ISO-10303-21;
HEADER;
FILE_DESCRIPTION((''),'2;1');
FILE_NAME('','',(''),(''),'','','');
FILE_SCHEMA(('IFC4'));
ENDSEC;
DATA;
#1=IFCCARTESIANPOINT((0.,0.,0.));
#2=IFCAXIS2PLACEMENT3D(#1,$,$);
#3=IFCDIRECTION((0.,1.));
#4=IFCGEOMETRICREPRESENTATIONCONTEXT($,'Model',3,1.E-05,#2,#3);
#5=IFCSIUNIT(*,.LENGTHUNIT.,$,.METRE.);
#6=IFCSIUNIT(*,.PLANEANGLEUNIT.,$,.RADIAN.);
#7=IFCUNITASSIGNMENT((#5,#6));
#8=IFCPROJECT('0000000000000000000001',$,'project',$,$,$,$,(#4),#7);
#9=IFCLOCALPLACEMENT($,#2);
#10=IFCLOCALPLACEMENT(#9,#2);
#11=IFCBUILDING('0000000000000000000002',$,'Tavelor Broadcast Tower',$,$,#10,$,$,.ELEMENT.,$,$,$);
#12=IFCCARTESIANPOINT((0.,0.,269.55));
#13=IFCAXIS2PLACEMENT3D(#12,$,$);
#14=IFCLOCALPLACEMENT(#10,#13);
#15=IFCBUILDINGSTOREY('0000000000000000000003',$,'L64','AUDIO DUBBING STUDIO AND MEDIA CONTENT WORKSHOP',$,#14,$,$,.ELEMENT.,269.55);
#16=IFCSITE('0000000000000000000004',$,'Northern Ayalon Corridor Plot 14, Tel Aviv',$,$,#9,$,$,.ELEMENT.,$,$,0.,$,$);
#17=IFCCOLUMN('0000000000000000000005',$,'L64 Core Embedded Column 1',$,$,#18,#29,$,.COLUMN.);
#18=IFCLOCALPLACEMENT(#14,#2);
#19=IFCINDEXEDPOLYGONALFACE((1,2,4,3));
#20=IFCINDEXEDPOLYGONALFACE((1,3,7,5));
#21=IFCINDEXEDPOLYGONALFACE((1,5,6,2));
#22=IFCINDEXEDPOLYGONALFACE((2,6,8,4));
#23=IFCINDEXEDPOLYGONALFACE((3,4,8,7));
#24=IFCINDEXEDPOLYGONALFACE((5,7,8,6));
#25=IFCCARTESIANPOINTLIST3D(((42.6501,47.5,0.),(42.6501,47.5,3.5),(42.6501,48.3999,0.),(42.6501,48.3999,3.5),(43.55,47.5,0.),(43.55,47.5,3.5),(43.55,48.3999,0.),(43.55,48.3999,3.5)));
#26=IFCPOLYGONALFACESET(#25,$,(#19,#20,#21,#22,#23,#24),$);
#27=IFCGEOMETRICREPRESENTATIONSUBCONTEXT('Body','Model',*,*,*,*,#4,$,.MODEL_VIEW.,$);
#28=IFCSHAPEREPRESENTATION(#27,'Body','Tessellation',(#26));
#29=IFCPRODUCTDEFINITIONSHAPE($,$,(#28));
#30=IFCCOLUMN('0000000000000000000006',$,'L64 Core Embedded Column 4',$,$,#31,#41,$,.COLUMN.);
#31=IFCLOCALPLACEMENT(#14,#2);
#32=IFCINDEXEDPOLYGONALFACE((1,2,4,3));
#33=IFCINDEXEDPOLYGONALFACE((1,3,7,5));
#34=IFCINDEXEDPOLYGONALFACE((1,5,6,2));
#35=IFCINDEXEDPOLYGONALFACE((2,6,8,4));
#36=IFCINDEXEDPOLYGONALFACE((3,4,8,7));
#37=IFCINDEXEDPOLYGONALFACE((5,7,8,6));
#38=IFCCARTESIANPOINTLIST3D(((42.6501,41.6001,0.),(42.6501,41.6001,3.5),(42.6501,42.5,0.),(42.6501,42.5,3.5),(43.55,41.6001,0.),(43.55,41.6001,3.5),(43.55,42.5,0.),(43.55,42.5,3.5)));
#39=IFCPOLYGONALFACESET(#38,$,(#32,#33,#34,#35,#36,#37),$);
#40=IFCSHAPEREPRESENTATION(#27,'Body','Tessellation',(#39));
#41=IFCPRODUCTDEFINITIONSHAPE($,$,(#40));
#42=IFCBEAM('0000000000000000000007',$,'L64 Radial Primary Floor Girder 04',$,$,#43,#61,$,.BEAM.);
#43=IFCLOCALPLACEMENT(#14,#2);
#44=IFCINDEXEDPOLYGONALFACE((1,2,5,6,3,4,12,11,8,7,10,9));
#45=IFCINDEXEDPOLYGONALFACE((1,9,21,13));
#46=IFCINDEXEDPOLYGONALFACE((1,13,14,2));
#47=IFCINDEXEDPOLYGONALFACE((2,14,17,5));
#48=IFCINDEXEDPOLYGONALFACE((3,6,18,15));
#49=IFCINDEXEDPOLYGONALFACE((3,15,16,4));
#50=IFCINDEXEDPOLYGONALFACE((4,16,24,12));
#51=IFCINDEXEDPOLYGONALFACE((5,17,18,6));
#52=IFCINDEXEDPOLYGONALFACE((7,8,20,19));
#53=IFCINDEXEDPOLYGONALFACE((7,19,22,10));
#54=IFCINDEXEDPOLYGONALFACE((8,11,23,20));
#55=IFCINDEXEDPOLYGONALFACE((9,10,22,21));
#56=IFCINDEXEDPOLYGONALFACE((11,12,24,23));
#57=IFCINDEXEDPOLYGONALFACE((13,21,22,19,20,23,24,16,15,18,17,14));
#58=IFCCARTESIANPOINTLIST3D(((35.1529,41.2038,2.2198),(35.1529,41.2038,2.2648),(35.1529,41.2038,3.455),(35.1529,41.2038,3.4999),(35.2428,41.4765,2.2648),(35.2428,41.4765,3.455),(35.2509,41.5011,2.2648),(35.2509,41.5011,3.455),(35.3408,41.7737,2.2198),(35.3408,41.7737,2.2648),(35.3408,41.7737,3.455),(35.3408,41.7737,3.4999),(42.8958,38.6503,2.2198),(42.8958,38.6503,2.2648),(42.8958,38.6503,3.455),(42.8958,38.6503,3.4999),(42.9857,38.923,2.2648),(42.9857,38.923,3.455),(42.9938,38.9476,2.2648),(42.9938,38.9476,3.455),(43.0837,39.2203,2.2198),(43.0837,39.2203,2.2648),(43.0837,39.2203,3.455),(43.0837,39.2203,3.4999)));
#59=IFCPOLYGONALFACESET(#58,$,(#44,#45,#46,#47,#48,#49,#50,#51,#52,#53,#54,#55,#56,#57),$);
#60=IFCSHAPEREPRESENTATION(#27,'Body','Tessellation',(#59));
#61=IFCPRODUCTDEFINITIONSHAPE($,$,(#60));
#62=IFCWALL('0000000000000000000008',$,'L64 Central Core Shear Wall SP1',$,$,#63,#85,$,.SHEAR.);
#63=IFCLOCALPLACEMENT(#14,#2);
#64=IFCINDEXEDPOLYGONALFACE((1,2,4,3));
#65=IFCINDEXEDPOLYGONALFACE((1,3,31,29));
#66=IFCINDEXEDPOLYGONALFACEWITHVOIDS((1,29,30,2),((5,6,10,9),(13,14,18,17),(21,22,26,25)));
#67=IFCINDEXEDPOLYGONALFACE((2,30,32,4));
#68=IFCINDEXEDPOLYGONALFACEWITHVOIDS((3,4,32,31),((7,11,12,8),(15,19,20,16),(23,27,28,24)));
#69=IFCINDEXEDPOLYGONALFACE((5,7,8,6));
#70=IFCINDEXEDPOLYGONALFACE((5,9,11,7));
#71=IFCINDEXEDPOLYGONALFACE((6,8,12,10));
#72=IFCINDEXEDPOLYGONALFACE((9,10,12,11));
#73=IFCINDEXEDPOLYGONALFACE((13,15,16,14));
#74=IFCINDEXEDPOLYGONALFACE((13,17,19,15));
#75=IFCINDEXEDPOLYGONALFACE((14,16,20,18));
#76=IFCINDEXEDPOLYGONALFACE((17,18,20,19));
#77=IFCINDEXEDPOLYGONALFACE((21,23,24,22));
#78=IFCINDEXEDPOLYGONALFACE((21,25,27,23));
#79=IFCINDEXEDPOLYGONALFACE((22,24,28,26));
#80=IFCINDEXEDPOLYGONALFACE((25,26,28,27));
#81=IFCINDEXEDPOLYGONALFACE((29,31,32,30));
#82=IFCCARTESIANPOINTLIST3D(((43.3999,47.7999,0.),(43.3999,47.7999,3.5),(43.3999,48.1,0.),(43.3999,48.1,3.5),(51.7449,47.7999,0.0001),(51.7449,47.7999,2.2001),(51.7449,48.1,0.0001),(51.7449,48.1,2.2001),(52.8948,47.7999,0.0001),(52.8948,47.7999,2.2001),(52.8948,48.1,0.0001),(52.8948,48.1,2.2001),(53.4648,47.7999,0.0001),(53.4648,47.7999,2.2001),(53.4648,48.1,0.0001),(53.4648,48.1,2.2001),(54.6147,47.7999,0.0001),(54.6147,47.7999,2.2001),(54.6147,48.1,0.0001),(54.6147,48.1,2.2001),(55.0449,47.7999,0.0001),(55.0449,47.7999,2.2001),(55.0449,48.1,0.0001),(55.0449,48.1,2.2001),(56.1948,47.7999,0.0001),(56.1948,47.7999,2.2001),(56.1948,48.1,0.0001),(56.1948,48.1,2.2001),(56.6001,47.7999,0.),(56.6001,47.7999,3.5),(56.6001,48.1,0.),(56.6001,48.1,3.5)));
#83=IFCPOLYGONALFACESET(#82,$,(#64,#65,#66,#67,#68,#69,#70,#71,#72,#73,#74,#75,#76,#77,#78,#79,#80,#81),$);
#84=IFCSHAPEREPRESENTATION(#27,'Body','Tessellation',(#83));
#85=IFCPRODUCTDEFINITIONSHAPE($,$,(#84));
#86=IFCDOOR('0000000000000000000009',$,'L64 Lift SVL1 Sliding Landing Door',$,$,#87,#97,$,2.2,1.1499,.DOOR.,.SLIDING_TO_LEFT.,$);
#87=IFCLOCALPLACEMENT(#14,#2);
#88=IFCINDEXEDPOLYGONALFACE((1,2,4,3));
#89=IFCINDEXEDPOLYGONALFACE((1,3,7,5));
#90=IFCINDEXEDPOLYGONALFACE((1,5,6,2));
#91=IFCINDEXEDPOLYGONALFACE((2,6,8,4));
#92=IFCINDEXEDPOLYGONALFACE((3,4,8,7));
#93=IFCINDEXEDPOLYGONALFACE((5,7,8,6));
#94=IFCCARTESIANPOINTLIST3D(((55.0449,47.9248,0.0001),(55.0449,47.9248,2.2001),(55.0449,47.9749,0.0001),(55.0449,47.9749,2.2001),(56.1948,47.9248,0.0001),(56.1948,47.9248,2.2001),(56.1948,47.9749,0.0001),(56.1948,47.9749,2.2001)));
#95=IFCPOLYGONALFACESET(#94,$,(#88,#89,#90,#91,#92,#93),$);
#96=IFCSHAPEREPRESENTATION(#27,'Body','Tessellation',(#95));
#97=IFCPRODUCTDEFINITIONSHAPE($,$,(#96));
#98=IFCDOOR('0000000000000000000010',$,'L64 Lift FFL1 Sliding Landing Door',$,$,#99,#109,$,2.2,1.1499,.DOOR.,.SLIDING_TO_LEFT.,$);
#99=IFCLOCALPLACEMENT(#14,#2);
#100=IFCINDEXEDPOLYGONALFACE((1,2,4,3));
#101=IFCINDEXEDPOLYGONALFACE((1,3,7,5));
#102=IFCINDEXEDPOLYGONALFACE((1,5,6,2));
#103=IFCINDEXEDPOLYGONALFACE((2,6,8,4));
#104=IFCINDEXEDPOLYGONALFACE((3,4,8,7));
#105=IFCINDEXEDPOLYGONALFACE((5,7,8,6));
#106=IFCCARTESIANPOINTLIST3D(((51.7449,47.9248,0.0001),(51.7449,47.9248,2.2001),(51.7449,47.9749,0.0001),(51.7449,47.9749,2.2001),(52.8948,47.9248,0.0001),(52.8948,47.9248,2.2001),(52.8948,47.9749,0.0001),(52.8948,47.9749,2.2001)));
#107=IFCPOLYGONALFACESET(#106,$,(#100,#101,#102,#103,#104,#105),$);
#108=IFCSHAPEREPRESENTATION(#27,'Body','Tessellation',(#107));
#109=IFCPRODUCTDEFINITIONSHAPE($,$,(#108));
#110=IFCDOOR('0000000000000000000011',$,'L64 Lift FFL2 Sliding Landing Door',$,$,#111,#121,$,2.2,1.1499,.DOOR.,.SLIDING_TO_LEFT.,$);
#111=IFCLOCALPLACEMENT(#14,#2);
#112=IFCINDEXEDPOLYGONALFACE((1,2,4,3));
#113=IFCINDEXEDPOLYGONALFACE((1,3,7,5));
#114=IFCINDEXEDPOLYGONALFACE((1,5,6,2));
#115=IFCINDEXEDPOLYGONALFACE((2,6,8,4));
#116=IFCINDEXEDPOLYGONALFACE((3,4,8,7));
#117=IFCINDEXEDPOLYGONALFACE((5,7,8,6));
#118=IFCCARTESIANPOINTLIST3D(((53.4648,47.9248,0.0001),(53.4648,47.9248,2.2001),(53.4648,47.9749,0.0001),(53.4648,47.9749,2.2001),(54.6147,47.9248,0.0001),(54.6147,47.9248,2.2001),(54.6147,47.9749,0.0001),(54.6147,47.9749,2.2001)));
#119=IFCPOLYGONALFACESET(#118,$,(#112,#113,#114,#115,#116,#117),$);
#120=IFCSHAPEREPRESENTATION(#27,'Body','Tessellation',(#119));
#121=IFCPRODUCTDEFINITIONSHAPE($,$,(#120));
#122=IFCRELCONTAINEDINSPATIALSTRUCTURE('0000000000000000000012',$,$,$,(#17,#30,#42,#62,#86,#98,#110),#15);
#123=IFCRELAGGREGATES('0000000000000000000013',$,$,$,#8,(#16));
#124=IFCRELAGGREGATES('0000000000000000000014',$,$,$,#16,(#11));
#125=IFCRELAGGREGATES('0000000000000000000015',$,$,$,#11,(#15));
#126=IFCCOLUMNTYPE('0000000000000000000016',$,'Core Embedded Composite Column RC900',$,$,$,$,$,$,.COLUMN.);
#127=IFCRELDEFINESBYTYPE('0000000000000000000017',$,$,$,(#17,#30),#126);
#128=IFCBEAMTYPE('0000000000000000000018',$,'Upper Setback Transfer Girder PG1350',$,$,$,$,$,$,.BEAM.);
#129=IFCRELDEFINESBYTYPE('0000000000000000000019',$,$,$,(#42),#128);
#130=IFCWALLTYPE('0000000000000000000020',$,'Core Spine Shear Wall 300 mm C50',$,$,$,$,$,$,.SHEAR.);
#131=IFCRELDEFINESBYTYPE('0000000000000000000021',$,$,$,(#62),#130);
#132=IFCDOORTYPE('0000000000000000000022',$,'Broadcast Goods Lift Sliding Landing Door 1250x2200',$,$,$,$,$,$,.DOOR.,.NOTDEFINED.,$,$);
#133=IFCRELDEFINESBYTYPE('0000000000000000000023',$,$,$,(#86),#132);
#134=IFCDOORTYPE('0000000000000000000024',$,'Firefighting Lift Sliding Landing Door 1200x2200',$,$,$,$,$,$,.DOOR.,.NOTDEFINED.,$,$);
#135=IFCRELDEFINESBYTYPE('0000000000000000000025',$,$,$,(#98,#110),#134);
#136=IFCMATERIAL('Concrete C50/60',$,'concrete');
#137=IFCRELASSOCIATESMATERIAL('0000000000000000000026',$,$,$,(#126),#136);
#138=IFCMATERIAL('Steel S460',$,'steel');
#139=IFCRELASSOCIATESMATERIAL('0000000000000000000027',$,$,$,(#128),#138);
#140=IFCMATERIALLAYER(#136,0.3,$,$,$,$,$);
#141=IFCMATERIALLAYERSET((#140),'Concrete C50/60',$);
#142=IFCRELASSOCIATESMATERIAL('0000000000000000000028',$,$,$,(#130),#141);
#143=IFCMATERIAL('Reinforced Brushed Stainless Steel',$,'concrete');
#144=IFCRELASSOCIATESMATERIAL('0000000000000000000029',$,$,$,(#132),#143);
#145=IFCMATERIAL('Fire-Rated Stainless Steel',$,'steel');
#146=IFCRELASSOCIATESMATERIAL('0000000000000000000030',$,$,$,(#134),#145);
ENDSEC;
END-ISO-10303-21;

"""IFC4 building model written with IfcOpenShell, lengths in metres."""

from ifc_helpers import new_model, si_unit, direction, frame, frame_2d, origin, origin_2d, place, context, subcontext, project, spatial, rectangle, i_section, extrude, material, layer, layer_set, material_profile, profile_set, type_object, element, fill, save


model = new_model("IFC4")

# Units and contexts
model_context = context("Model", 3, precision=1e-05, world=origin(), true_north=direction((0.0, 1.0)))
body_context = subcontext(model_context, "Body", "Model", "MODEL_VIEW")
ifc_project = project(units=[si_unit("LENGTHUNIT", "METRE"), si_unit("PLANEANGLEUNIT", "RADIAN")], contexts=[model_context])

# Site, building, storey
site_placement = place(None, origin())
site = spatial("IfcSite", under=ifc_project, at=site_placement, Name="Northern Ayalon Corridor Plot 14, Tel Aviv", CompositionType="ELEMENT", RefElevation=0.0)
building_placement = place(site_placement, origin())
building = spatial("IfcBuilding", under=site, at=building_placement, Name="Tavelor Broadcast Tower", CompositionType="ELEMENT")
storey_placement = place(building_placement, frame((0.0, 0.0, 269.55)))
storey = spatial("IfcBuildingStorey", under=building, at=storey_placement, Name="L64", Description="AUDIO DUBBING STUDIO AND MEDIA CONTENT WORKSHOP", CompositionType="ELEMENT", Elevation=269.55)

# Columns
ifc_material_1 = material(Name="Concrete C50/60", Category="concrete")
ifc_material_profile_1 = material_profile(ifc_material_1, rectangle(XDim=0.8999, YDim=0.8999, at=origin_2d()), Name="RC 900x900")
ifc_profile_set_1 = profile_set([ifc_material_profile_1], Name="Concrete C50/60")
column_type = type_object("IfcColumnType", Name="Core Embedded Composite Column RC900", PredefinedType="COLUMN", material=ifc_profile_set_1)
for number, where, z_axis, x_axis, name in (
    (1, (43.1001, 47.95, 0.0), (0.0, 0.0, 1.0), (1.0, 0.0, 0.0), "L64 Core Embedded Column 1"),
    (2, (43.1001, 42.05, 0.0), (0.0, 0.0, 1.0), (1.0, 0.0, 0.0), "L64 Core Embedded Column 4"),
):
    element("IfcColumn", number, at=place(storey_placement, frame(where, z_axis=z_axis, x_axis=x_axis)), inside=storey, type_object=column_type, Name=name, PredefinedType="COLUMN", context=body_context, shape_type="SweptSolid", body=[
        extrude(rectangle(XDim=0.8999, YDim=0.8999, at=origin_2d()), origin(), (0.0, 0.0, 1.0), 3.5),
    ])

# Beam
ifc_material_2 = material(Name="Steel S460", Category="steel")
ifc_material_profile_2 = material_profile(ifc_material_2, i_section(OverallWidth=0.6001, OverallDepth=1.28, WebThickness=0.0259, FlangeThickness=0.0449, at=origin_2d()), Name="PG 1280x600")
ifc_profile_set_2 = profile_set([ifc_material_profile_2], Name="Steel S460")
beam_type = type_object("IfcBeamType", Name="Upper Setback Transfer Girder PG1350", PredefinedType="BEAM", material=ifc_profile_set_2)
beam_placement = place(storey_placement, frame((42.9897, 38.9353, 2.8599), z_axis=(-0.949691, 0.31319, 0.0), x_axis=(-0.31319, -0.949691, 0.0)))
element("IfcBeam", 3, at=beam_placement, inside=storey, type_object=beam_type, Name="L64 Radial Primary Floor Girder 04", PredefinedType="BEAM", context=body_context, shape_type="SweptSolid", body=[
    extrude(i_section(OverallWidth=0.6001, OverallDepth=1.28, WebThickness=0.0259, FlangeThickness=0.0449, at=origin_2d()), origin(), (0.0, 0.0, 1.0), 8.1531),
])

# Wall, openings, doors
ifc_layer_1 = layer(ifc_material_1, 0.3)
ifc_layer_set_1 = layer_set([ifc_layer_1], Name="Concrete C50/60")
wall_type_1 = type_object("IfcWallType", Name="Core Spine Shear Wall 300 mm C50", PredefinedType="SHEAR", material=ifc_layer_set_1)
wall_1_placement = place(storey_placement, frame((43.3999, 47.95, 0.0), z_axis=(0.0, 0.0, 1.0), x_axis=(1.0, 0.0, 0.0)))
wall_1 = element("IfcWall", 4, at=wall_1_placement, inside=storey, type_object=wall_type_1, Name="L64 Central Core Shear Wall SP1", PredefinedType="SHEAR", context=body_context, shape_type="SweptSolid", body=[
    extrude(rectangle(XDim=13.2002, YDim=0.3, at=frame_2d((6.6001, 0.0))), origin(), (0.0, 0.0, 1.0), 3.5),
])
opening_1_placement = place(wall_1_placement, frame((8.345, 0.0, 0.0)))
opening_1 = element("IfcOpeningElement", 5, at=opening_1_placement, cuts=wall_1, PredefinedType="OPENING", context=body_context, shape_type="SweptSolid", body=[
    extrude(rectangle(XDim=1.1499, YDim=2.2, at=frame_2d((0.575, 1.1001))), frame((0.0, 0.1602, 0.0), z_axis=(0.0, -1.0, 0.0), x_axis=(1.0, 0.0, 0.0)), (0.0, 0.0, 1.0), 0.3201),
])
opening_2_placement = place(wall_1_placement, frame((10.0649, 0.0, 0.0)))
opening_2 = element("IfcOpeningElement", 6, at=opening_2_placement, cuts=wall_1, PredefinedType="OPENING", context=body_context, shape_type="SweptSolid", body=[
    extrude(rectangle(XDim=1.1499, YDim=2.2, at=frame_2d((0.575, 1.1001))), frame((0.0, 0.1602, 0.0), z_axis=(0.0, -1.0, 0.0), x_axis=(1.0, 0.0, 0.0)), (0.0, 0.0, 1.0), 0.3201),
])
opening_3_placement = place(wall_1_placement, frame((11.645, 0.0, 0.0)))
opening_3 = element("IfcOpeningElement", 7, at=opening_3_placement, cuts=wall_1, PredefinedType="OPENING", context=body_context, shape_type="SweptSolid", body=[
    extrude(rectangle(XDim=1.1499, YDim=2.2, at=frame_2d((0.575, 1.1001))), frame((0.0, 0.1602, 0.0), z_axis=(0.0, -1.0, 0.0), x_axis=(1.0, 0.0, 0.0)), (0.0, 0.0, 1.0), 0.3201),
])
ifc_material_3 = material(Name="Reinforced Brushed Stainless Steel", Category="concrete")
door_type_1 = type_object("IfcDoorType", Name="Broadcast Goods Lift Sliding Landing Door 1250x2200", OperationType="NOTDEFINED", PredefinedType="DOOR", material=ifc_material_3)
door_1_placement = place(opening_3_placement, origin())
door_1 = element("IfcDoor", 8, at=door_1_placement, inside=storey, type_object=door_type_1, Name="L64 Lift SVL1 Sliding Landing Door", OperationType="SLIDING_TO_LEFT", OverallHeight=2.2, OverallWidth=1.1499, PredefinedType="DOOR", context=body_context, shape_type="SweptSolid", body=[
    extrude(rectangle(XDim=1.1499, YDim=2.2, at=frame_2d((0.575, 1.1001))), frame((0.0, 0.0249, 0.0), z_axis=(0.0, -1.0, 0.0), x_axis=(1.0, 0.0, 0.0)), (0.0, 0.0, 1.0), 0.05),
])
fill(opening_3, door_1)
ifc_material_4 = material(Name="Fire-Rated Stainless Steel", Category="steel")
door_type_2 = type_object("IfcDoorType", Name="Firefighting Lift Sliding Landing Door 1200x2200", OperationType="NOTDEFINED", PredefinedType="DOOR", material=ifc_material_4)
door_2_placement = place(opening_1_placement, origin())
door_2 = element("IfcDoor", 9, at=door_2_placement, inside=storey, type_object=door_type_2, Name="L64 Lift FFL1 Sliding Landing Door", OperationType="SLIDING_TO_LEFT", OverallHeight=2.2, OverallWidth=1.1499, PredefinedType="DOOR", context=body_context, shape_type="SweptSolid", body=[
    extrude(rectangle(XDim=1.1499, YDim=2.2, at=frame_2d((0.575, 1.1001))), frame((0.0, 0.0249, 0.0), z_axis=(0.0, -1.0, 0.0), x_axis=(1.0, 0.0, 0.0)), (0.0, 0.0, 1.0), 0.05),
])
fill(opening_1, door_2)
door_3_placement = place(opening_2_placement, origin())
door_3 = element("IfcDoor", 10, at=door_3_placement, inside=storey, type_object=door_type_2, Name="L64 Lift FFL2 Sliding Landing Door", OperationType="SLIDING_TO_LEFT", OverallHeight=2.2, OverallWidth=1.1499, PredefinedType="DOOR", context=body_context, shape_type="SweptSolid", body=[
    extrude(rectangle(XDim=1.1499, YDim=2.2, at=frame_2d((0.575, 1.1001))), frame((0.0, 0.0249, 0.0), z_axis=(0.0, -1.0, 0.0), x_axis=(1.0, 0.0, 0.0)), (0.0, 0.0, 1.0), 0.05),
])
fill(opening_2, door_3)

save(model, "model.ifc")
